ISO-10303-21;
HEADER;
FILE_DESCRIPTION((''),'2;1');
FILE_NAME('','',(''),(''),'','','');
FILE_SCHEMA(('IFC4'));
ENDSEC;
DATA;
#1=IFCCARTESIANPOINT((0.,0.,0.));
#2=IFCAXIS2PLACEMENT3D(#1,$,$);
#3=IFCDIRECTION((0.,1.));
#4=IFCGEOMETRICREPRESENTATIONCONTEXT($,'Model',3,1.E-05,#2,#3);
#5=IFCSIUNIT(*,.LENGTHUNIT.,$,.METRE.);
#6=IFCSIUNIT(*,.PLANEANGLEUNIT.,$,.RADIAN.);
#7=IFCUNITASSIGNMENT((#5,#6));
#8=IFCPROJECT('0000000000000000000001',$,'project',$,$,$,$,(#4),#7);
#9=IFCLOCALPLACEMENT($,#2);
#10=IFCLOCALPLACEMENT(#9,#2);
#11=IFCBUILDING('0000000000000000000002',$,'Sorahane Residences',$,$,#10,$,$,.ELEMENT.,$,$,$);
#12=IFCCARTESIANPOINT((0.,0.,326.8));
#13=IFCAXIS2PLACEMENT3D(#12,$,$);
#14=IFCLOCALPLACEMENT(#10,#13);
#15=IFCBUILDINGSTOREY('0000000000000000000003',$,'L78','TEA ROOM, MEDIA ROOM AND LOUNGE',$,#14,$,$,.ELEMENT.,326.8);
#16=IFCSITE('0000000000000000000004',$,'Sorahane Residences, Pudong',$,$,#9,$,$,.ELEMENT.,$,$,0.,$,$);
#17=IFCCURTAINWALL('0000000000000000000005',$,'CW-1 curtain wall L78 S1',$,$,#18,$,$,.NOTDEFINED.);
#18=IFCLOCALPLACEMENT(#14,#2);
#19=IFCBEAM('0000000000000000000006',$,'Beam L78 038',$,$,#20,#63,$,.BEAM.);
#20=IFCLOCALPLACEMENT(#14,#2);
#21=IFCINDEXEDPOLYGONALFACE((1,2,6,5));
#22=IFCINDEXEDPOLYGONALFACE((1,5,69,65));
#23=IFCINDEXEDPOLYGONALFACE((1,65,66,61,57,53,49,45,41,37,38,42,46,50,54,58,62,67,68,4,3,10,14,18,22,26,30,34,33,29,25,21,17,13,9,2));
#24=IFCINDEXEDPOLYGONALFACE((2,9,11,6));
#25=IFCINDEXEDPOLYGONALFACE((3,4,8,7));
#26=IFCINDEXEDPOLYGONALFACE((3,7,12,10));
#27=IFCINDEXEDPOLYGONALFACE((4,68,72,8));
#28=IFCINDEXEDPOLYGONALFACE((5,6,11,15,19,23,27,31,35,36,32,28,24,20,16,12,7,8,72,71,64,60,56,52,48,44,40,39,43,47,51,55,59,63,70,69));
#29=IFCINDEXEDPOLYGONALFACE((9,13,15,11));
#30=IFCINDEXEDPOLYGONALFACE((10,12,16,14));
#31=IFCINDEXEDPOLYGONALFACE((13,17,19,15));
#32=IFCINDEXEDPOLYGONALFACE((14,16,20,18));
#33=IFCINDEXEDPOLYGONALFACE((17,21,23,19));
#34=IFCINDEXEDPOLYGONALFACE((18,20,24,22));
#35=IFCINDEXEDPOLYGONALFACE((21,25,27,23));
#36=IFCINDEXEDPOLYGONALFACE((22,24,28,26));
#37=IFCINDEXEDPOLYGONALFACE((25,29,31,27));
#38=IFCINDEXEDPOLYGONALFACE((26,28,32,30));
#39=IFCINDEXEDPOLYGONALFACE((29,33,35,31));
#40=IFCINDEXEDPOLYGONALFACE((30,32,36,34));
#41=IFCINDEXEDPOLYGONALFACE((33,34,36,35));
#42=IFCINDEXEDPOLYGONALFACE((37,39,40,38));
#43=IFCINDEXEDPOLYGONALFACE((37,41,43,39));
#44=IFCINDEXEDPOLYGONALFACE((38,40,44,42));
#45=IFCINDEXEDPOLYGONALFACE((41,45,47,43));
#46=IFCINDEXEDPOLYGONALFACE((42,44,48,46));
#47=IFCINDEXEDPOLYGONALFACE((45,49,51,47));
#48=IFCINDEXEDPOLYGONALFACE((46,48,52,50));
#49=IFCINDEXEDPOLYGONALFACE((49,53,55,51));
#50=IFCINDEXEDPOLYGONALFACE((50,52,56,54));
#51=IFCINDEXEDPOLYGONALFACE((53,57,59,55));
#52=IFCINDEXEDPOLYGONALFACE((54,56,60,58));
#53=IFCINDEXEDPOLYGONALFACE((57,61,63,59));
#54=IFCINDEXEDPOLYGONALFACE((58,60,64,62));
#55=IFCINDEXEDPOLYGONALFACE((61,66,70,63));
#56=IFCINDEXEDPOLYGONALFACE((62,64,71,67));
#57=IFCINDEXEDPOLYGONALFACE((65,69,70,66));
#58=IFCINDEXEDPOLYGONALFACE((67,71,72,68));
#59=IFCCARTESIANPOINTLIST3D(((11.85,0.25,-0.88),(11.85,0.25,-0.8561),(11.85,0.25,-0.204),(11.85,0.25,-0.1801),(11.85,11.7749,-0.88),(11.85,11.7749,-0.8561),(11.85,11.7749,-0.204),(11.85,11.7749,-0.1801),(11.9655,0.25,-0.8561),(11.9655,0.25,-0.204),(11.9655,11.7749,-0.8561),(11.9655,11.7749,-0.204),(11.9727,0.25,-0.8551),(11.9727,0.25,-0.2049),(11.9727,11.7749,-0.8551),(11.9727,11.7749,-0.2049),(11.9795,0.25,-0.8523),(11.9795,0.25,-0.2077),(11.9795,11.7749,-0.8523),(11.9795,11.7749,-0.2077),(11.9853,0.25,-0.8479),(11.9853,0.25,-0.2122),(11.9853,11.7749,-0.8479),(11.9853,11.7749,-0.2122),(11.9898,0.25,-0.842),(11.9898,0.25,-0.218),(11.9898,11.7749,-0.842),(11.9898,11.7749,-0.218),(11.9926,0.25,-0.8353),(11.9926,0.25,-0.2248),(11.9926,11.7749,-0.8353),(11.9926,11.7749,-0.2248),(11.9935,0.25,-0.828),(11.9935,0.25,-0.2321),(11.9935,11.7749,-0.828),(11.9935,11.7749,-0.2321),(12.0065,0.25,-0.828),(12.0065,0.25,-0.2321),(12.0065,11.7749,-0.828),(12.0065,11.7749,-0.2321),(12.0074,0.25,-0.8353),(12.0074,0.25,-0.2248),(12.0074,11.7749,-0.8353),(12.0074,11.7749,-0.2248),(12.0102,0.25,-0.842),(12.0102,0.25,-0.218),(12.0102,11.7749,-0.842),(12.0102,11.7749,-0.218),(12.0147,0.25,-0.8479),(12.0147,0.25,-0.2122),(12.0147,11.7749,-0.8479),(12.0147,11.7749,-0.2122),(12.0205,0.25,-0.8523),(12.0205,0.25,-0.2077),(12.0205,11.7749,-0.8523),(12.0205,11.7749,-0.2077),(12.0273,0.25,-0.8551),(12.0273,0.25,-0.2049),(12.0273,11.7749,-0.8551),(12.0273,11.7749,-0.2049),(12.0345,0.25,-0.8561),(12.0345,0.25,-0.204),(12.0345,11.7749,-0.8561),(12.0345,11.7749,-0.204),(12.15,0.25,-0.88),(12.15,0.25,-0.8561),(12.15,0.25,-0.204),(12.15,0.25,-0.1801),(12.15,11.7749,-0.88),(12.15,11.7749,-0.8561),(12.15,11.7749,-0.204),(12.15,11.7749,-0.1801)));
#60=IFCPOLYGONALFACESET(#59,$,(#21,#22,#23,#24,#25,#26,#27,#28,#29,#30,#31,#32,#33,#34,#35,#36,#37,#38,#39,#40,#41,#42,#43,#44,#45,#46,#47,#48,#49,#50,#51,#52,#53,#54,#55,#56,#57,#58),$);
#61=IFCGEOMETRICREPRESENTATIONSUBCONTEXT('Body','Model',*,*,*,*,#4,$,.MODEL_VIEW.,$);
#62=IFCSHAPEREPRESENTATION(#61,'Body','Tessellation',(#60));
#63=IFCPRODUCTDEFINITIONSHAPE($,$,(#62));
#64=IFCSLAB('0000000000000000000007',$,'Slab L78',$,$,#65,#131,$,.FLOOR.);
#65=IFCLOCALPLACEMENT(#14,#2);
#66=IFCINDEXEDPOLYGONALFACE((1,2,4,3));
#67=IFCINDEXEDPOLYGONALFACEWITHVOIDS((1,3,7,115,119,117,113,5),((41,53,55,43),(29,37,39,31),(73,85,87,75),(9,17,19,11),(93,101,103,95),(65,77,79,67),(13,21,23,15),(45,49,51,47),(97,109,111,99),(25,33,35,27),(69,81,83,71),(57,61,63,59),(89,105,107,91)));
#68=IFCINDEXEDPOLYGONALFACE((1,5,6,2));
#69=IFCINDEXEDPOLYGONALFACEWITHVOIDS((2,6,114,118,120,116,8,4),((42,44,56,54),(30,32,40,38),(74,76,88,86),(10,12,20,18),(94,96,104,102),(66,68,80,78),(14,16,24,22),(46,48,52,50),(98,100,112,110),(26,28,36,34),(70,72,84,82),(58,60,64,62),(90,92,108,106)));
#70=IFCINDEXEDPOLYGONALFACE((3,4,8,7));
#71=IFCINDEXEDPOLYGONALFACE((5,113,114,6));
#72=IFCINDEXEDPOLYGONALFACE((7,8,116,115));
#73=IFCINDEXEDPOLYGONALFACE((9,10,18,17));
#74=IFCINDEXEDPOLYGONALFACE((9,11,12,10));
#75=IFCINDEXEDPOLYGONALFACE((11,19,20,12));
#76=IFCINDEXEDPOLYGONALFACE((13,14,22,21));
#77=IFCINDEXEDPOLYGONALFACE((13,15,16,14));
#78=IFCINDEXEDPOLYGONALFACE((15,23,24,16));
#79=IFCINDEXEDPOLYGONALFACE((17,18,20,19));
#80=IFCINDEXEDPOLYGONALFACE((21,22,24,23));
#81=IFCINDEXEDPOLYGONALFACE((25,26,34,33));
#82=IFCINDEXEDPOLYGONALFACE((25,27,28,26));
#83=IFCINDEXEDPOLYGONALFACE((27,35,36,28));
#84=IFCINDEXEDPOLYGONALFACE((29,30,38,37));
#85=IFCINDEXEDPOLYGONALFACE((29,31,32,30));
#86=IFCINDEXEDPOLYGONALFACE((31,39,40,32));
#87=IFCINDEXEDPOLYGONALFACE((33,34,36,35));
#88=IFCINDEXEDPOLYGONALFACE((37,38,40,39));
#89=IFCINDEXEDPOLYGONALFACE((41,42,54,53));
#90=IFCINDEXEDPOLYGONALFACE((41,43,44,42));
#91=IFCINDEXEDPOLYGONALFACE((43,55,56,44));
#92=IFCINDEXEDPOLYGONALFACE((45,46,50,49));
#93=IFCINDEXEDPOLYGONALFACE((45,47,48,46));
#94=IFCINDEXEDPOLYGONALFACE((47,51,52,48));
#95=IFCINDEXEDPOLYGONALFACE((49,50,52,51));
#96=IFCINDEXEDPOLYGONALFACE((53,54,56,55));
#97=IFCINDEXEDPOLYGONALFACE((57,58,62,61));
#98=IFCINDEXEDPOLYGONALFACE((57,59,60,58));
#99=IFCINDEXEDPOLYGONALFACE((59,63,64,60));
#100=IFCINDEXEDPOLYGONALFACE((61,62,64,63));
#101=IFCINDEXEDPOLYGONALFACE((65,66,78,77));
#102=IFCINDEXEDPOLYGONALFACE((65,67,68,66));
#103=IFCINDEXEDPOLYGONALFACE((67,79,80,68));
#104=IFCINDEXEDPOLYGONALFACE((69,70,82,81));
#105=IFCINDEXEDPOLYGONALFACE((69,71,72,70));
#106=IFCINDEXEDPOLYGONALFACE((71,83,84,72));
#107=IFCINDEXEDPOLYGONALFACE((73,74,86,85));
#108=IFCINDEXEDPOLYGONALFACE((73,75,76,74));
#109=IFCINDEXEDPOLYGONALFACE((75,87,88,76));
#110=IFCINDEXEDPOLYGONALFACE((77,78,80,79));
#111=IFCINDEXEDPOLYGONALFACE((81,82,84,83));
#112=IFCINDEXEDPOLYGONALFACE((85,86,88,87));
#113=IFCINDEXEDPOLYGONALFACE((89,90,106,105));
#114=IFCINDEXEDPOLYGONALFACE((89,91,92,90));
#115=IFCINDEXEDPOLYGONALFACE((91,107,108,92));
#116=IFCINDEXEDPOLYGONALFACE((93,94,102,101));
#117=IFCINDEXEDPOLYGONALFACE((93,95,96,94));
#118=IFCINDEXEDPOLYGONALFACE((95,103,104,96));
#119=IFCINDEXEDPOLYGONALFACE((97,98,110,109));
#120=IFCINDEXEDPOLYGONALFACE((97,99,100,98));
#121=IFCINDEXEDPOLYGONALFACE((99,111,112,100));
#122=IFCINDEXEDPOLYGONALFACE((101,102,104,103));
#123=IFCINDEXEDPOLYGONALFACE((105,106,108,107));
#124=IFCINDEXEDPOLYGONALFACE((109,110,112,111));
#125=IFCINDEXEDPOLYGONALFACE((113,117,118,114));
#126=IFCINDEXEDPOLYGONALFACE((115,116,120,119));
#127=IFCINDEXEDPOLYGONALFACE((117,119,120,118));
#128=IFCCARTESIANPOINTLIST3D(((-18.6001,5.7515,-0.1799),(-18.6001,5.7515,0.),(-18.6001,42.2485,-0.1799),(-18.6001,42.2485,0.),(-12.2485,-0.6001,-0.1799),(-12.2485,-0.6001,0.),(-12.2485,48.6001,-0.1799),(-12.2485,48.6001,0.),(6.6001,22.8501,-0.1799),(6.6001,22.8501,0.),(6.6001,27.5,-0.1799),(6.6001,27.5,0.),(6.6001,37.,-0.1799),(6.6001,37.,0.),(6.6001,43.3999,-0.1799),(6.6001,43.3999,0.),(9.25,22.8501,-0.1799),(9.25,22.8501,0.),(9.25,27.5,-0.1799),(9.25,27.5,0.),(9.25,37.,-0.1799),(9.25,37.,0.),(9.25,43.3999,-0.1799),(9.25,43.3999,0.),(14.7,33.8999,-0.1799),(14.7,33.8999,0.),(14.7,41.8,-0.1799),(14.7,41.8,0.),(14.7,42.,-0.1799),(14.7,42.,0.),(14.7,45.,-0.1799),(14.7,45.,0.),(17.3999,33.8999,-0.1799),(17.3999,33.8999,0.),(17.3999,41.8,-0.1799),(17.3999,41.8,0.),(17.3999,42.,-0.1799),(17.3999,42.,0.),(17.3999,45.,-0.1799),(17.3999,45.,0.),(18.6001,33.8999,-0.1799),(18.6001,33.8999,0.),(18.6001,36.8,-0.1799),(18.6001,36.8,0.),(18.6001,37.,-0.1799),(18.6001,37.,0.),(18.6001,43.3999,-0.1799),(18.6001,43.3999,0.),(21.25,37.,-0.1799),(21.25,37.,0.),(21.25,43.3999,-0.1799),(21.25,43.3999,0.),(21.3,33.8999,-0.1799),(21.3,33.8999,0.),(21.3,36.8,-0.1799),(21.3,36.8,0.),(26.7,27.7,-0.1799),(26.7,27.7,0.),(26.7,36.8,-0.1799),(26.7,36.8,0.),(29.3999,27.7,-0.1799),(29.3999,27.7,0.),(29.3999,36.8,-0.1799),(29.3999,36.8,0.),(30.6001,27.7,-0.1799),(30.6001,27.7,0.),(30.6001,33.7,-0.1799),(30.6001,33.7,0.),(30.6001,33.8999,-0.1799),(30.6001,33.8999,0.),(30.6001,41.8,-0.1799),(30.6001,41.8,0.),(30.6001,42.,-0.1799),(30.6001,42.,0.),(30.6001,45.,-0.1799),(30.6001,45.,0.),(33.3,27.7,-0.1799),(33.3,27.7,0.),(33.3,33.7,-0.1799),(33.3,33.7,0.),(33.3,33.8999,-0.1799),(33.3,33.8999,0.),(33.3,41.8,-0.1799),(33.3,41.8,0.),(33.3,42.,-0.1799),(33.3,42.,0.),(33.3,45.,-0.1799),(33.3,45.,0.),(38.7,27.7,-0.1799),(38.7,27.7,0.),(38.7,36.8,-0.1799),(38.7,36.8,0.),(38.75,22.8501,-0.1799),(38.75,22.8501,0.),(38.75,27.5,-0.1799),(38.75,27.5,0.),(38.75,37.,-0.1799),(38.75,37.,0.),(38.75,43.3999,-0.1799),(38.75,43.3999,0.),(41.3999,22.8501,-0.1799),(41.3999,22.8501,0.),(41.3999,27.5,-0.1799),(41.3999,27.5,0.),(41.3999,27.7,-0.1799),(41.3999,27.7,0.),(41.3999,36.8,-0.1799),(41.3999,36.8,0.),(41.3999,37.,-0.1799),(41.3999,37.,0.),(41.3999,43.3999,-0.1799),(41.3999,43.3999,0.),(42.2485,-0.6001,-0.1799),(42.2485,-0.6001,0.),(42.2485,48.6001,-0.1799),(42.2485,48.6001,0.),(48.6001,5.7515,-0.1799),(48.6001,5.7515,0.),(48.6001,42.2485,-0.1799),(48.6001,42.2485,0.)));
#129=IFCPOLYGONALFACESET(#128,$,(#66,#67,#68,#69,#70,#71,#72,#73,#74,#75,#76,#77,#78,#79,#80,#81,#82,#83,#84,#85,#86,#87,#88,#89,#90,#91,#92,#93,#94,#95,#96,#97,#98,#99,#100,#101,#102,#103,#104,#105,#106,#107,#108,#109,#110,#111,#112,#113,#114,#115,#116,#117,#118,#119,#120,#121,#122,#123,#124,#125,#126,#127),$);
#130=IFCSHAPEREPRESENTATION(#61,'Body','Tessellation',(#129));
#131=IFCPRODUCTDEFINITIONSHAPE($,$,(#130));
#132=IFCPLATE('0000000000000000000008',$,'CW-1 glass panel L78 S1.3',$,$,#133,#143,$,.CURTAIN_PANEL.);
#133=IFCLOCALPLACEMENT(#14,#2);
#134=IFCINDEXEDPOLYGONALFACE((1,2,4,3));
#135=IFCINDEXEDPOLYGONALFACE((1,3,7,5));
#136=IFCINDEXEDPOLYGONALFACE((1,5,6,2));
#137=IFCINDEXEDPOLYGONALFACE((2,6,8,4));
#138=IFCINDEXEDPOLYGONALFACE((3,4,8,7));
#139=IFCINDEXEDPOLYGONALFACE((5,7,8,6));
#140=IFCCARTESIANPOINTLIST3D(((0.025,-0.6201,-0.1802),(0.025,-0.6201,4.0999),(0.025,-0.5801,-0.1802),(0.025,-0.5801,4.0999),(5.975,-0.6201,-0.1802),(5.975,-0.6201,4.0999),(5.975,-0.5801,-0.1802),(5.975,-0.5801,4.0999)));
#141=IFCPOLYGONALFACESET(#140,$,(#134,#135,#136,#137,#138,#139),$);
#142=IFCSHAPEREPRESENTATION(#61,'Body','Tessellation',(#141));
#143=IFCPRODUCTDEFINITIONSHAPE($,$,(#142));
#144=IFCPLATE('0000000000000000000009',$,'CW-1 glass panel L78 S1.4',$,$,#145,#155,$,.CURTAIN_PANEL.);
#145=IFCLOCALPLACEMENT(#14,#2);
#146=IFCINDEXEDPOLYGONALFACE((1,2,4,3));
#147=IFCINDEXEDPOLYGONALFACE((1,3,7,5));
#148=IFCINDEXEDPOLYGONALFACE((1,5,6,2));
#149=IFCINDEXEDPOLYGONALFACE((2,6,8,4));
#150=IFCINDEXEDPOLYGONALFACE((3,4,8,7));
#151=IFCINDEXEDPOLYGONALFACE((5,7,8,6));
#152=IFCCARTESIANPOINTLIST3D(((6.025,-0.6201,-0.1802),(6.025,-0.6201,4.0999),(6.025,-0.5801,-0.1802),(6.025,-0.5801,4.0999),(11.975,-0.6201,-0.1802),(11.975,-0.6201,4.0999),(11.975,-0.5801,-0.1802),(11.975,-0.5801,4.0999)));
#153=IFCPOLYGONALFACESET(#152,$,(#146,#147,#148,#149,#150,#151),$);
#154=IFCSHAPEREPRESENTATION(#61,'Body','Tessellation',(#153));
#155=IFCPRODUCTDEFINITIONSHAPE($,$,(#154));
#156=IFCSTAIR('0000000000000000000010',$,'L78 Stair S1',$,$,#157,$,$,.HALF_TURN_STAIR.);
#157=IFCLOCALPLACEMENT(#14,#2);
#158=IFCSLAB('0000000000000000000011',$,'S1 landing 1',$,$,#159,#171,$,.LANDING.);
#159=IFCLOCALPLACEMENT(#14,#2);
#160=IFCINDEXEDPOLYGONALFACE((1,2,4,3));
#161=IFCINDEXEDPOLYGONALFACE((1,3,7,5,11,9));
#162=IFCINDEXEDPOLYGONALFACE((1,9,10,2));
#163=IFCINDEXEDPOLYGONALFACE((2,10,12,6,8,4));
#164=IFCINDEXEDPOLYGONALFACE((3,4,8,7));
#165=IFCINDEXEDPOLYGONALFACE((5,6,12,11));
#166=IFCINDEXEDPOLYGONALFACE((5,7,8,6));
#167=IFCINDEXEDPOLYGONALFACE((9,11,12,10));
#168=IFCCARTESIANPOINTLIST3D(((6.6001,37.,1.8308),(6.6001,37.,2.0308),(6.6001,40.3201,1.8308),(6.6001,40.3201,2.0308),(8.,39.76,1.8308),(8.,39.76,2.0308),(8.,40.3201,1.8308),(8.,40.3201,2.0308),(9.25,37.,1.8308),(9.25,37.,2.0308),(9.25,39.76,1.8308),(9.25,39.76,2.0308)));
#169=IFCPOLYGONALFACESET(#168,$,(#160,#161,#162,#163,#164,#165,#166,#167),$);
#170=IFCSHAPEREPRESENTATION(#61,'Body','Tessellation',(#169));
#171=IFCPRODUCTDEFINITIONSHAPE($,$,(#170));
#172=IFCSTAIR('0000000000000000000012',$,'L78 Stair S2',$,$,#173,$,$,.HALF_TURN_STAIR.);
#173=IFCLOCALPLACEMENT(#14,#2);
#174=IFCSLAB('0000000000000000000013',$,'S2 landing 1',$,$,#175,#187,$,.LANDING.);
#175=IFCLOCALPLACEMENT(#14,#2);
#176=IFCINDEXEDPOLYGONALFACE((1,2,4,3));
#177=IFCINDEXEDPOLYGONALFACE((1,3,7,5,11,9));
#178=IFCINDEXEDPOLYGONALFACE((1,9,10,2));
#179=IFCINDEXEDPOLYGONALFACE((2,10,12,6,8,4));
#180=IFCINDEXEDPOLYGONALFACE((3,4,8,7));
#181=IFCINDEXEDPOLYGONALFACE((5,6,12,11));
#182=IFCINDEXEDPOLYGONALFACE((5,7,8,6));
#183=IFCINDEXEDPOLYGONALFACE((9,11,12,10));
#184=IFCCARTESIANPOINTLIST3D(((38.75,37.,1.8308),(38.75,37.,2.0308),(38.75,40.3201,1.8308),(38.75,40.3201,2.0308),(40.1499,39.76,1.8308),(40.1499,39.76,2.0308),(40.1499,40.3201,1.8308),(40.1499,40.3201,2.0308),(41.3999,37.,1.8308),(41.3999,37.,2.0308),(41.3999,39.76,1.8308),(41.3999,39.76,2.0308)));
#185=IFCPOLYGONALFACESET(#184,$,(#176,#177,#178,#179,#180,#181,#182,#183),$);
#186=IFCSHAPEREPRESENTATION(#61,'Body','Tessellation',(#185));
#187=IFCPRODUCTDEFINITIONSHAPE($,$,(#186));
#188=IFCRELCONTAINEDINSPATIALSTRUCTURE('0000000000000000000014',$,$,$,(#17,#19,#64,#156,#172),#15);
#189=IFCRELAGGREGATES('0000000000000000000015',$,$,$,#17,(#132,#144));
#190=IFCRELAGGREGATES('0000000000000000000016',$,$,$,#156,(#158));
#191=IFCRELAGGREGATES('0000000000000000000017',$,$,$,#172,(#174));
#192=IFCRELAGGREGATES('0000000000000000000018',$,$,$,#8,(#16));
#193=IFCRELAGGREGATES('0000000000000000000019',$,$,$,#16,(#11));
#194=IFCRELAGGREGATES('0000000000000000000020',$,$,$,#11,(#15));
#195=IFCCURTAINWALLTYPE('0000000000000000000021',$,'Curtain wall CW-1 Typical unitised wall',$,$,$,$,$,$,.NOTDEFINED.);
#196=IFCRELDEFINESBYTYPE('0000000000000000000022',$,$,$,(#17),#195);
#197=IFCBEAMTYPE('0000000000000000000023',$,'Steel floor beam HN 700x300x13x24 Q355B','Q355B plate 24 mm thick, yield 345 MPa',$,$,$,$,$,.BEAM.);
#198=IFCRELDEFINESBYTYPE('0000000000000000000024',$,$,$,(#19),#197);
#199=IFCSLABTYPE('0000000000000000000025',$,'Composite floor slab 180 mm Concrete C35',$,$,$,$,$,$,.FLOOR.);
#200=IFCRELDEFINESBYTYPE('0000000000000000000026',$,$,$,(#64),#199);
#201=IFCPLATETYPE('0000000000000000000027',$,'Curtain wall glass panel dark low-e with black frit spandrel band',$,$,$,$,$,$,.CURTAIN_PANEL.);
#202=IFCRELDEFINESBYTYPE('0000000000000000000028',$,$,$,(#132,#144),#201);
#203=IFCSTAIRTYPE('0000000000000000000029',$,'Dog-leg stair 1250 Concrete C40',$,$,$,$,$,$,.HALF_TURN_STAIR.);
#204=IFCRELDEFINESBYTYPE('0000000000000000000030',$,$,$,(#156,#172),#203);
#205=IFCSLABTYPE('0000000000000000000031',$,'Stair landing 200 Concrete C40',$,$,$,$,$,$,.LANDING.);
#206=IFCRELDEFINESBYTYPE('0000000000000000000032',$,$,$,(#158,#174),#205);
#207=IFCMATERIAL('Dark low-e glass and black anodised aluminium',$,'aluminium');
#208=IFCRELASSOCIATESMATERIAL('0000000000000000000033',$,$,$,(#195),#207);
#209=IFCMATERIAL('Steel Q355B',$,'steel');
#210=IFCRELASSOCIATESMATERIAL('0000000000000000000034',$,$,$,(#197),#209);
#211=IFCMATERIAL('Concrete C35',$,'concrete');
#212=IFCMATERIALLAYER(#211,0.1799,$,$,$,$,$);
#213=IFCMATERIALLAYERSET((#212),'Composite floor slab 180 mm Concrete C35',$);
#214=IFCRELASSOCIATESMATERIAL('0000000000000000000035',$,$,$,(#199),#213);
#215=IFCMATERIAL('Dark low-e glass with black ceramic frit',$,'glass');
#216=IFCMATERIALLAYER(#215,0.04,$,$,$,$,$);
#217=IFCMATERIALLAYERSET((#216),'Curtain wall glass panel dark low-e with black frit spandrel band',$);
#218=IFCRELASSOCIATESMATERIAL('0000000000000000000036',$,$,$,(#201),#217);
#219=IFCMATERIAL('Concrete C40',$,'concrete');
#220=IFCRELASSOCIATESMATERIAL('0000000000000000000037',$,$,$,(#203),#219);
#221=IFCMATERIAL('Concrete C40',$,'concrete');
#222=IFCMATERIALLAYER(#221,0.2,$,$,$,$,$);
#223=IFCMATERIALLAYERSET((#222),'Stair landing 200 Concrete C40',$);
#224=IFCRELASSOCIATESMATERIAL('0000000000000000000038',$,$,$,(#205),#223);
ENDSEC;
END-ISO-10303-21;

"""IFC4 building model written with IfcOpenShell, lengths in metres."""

from ifc_helpers import new_model, si_unit, direction, frame, origin, origin_2d, place, context, subcontext, project, spatial, polyline, rectangle, i_section, outline, extrude, material, layer, layer_set, material_profile, profile_set, type_object, element, aggregate, save


model = new_model("IFC4")

# Units and contexts
model_context = context("Model", 3, precision=1e-05, world=origin(), true_north=direction((0.0, 1.0)))
body_context = subcontext(model_context, "Body", "Model", "MODEL_VIEW")
ifc_project = project(units=[si_unit("LENGTHUNIT", "METRE"), si_unit("PLANEANGLEUNIT", "RADIAN")], contexts=[model_context])

# Site, building, storey
site_placement = place(None, origin())
site = spatial("IfcSite", under=ifc_project, at=site_placement, Name="Sorahane Residences, Pudong", CompositionType="ELEMENT", RefElevation=0.0)
building_placement = place(site_placement, origin())
building = spatial("IfcBuilding", under=site, at=building_placement, Name="Sorahane Residences", CompositionType="ELEMENT")
storey_placement = place(building_placement, frame((0.0, 0.0, 326.8)))
storey = spatial("IfcBuildingStorey", under=building, at=storey_placement, Name="L78", Description="TEA ROOM, MEDIA ROOM AND LOUNGE", CompositionType="ELEMENT", Elevation=326.8)

# Curtain wall
ifc_material_1 = material(Name="Dark low-e glass and black anodised aluminium", Category="aluminium")
curtain_wall_type = type_object("IfcCurtainWallType", Name="Curtain wall CW-1 Typical unitised wall", PredefinedType="NOTDEFINED", material=ifc_material_1)
curtain_wall_placement = place(storey_placement, origin())
curtain_wall = element("IfcCurtainWall", 1, at=curtain_wall_placement, inside=storey, type_object=curtain_wall_type, Name="CW-1 curtain wall L78 S1", PredefinedType="NOTDEFINED")

# Beam
ifc_material_2 = material(Name="Steel Q355B", Category="steel")
ifc_material_profile_1 = material_profile(ifc_material_2, i_section(OverallWidth=0.3, OverallDepth=0.7, WebThickness=0.0129, FlangeThickness=0.0239, FilletRadius=0.0281, at=origin_2d()), Name="HN 700x300x13x24")
ifc_profile_set_1 = profile_set([ifc_material_profile_1], Name="Steel Q355B")
beam_type_1 = type_object("IfcBeamType", Name="Steel floor beam HN 700x300x13x24 Q355B", Description="Q355B plate 24 mm thick, yield 345 MPa", PredefinedType="BEAM", material=ifc_profile_set_1)
beam_1_placement = place(storey_placement, frame((12.0, 0.25, -0.53), z_axis=(0.0, 1.0, 0.0), x_axis=(-1.0, 0.0, 0.0)))
element("IfcBeam", 2, at=beam_1_placement, inside=storey, type_object=beam_type_1, Name="Beam L78 038", PredefinedType="BEAM", context=body_context, shape_type="SweptSolid", body=[
    extrude(i_section(OverallWidth=0.3, OverallDepth=0.7, WebThickness=0.0129, FlangeThickness=0.0239, FilletRadius=0.0281, at=origin_2d()), origin(), (0.0, 0.0, 1.0), 11.5249),
])

# Slab
ifc_material_3 = material(Name="Concrete C35", Category="concrete")
ifc_layer_1 = layer(ifc_material_3, 0.1799)
ifc_layer_set_1 = layer_set([ifc_layer_1], Name="Composite floor slab 180 mm Concrete C35")
slab_type_1 = type_object("IfcSlabType", Name="Composite floor slab 180 mm Concrete C35", PredefinedType="FLOOR", material=ifc_layer_set_1)
slab_1_placement = place(storey_placement, frame((0.0, 0.0, -0.1799)))
element("IfcSlab", 3, at=slab_1_placement, inside=storey, type_object=slab_type_1, Name="Slab L78", PredefinedType="FLOOR", context=body_context, shape_type="SweptSolid", body=[
    extrude(outline(polyline([(-12.2485, -0.6001), (-18.6001, 5.7515), (-18.6001, 42.2485), (-12.2485, 48.6001), (42.2485, 48.6001), (48.6001, 42.2485), (48.6001, 5.7515), (42.2485, -0.6001), (-12.2485, -0.6001)]), holes=[polyline([(38.7, 27.7), (41.3999, 27.7), (41.3999, 36.8), (38.7, 36.8), (38.7, 27.7)]), polyline([(30.6001, 27.7), (33.3, 27.7), (33.3, 33.7), (30.6001, 33.7), (30.6001, 27.7)]), polyline([(30.6001, 42.0), (33.3, 42.0), (33.3, 45.0), (30.6001, 45.0), (30.6001, 42.0)]), polyline([(14.7, 42.0), (17.3999, 42.0), (17.3999, 45.0), (14.7, 45.0), (14.7, 42.0)]), polyline([(6.6001, 43.3999), (6.6001, 37.0), (9.25, 37.0), (9.25, 43.3999), (6.6001, 43.3999)]), polyline([(38.75, 43.3999), (38.75, 37.0), (41.3999, 37.0), (41.3999, 43.3999), (38.75, 43.3999)]), polyline([(18.6001, 43.3999), (18.6001, 37.0), (21.25, 37.0), (21.25, 43.3999), (18.6001, 43.3999)]), polyline([(9.25, 22.8501), (9.25, 27.5), (6.6001, 27.5), (6.6001, 22.8501), (9.25, 22.8501)]), polyline([(41.3999, 22.8501), (41.3999, 27.5), (38.75, 27.5), (38.75, 22.8501), (41.3999, 22.8501)]), polyline([(14.7, 33.8999), (17.3999, 33.8999), (17.3999, 41.8), (14.7, 41.8), (14.7, 33.8999)]), polyline([(30.6001, 33.8999), (33.3, 33.8999), (33.3, 41.8), (30.6001, 41.8), (30.6001, 33.8999)]), polyline([(18.6001, 33.8999), (21.3, 33.8999), (21.3, 36.8), (18.6001, 36.8), (18.6001, 33.8999)]), polyline([(26.7, 27.7), (29.3999, 27.7), (29.3999, 36.8), (26.7, 36.8), (26.7, 27.7)])]), origin(), (0.0, 0.0, 1.0), 0.1799),
])

# Plates
ifc_material_4 = material(Name="Dark low-e glass with black ceramic frit", Category="glass")
ifc_layer_2 = layer(ifc_material_4, 0.04)
ifc_layer_set_2 = layer_set([ifc_layer_2], Name="Curtain wall glass panel dark low-e with black frit spandrel band")
plate_type = type_object("IfcPlateType", Name="Curtain wall glass panel dark low-e with black frit spandrel band", PredefinedType="CURTAIN_PANEL", material=ifc_layer_set_2)
plate_1_placement = place(storey_placement, frame((3.0, -0.6001, -0.1802), z_axis=(0.0, 0.0, 1.0), x_axis=(1.0, 0.0, 0.0)))
plate_1 = element("IfcPlate", 4, at=plate_1_placement, type_object=plate_type, Name="CW-1 glass panel L78 S1.3", PredefinedType="CURTAIN_PANEL", context=body_context, shape_type="SweptSolid", body=[
    extrude(rectangle(XDim=5.95, YDim=0.04, at=origin_2d()), origin(), (0.0, 0.0, 1.0), 4.28),
])
plate_2_placement = place(storey_placement, frame((9.0, -0.6001, -0.1802), z_axis=(0.0, 0.0, 1.0), x_axis=(1.0, 0.0, 0.0)))
plate_2 = element("IfcPlate", 5, at=plate_2_placement, type_object=plate_type, Name="CW-1 glass panel L78 S1.4", PredefinedType="CURTAIN_PANEL", context=body_context, shape_type="SweptSolid", body=[
    extrude(rectangle(XDim=5.95, YDim=0.04, at=origin_2d()), origin(), (0.0, 0.0, 1.0), 4.28),
])
aggregate(curtain_wall, [plate_1, plate_2])

# Stairs, slabs
ifc_material_5 = material(Name="Concrete C40", Category="concrete")
stair_type = type_object("IfcStairType", Name="Dog-leg stair 1250 Concrete C40", PredefinedType="HALF_TURN_STAIR", material=ifc_material_5)
stair_1_placement = place(storey_placement, origin())
stair_1 = element("IfcStair", 6, at=stair_1_placement, inside=storey, type_object=stair_type, Name="L78 Stair S1", PredefinedType="HALF_TURN_STAIR")
ifc_material_6 = material(Name="Concrete C40", Category="concrete")
ifc_layer_3 = layer(ifc_material_6, 0.2)
ifc_layer_set_3 = layer_set([ifc_layer_3], Name="Stair landing 200 Concrete C40")
slab_type_2 = type_object("IfcSlabType", Name="Stair landing 200 Concrete C40", PredefinedType="LANDING", material=ifc_layer_set_3)
slab_2_placement = place(storey_placement, frame((0.0, 0.0, 1.8308)))
slab_2 = element("IfcSlab", 7, at=slab_2_placement, type_object=slab_type_2, Name="S1 landing 1", PredefinedType="LANDING", context=body_context, shape_type="SweptSolid", body=[
    extrude(outline(polyline([(6.6001, 40.3201), (6.6001, 37.0), (9.25, 37.0), (9.25, 39.76), (8.0, 39.76), (8.0, 40.3201), (6.6001, 40.3201)])), origin(), (0.0, 0.0, 1.0), 0.2),
])
aggregate(stair_1, [slab_2])
stair_2_placement = place(storey_placement, origin())
stair_2 = element("IfcStair", 8, at=stair_2_placement, inside=storey, type_object=stair_type, Name="L78 Stair S2", PredefinedType="HALF_TURN_STAIR")
slab_3_placement = place(storey_placement, frame((0.0, 0.0, 1.8308)))
slab_3 = element("IfcSlab", 9, at=slab_3_placement, type_object=slab_type_2, Name="S2 landing 1", PredefinedType="LANDING", context=body_context, shape_type="SweptSolid", body=[
    extrude(outline(polyline([(38.75, 40.3201), (38.75, 37.0), (41.3999, 37.0), (41.3999, 39.76), (40.1499, 39.76), (40.1499, 40.3201), (38.75, 40.3201)])), origin(), (0.0, 0.0, 1.0), 0.2),
])
aggregate(stair_2, [slab_3])

save(model, "model.ifc")
